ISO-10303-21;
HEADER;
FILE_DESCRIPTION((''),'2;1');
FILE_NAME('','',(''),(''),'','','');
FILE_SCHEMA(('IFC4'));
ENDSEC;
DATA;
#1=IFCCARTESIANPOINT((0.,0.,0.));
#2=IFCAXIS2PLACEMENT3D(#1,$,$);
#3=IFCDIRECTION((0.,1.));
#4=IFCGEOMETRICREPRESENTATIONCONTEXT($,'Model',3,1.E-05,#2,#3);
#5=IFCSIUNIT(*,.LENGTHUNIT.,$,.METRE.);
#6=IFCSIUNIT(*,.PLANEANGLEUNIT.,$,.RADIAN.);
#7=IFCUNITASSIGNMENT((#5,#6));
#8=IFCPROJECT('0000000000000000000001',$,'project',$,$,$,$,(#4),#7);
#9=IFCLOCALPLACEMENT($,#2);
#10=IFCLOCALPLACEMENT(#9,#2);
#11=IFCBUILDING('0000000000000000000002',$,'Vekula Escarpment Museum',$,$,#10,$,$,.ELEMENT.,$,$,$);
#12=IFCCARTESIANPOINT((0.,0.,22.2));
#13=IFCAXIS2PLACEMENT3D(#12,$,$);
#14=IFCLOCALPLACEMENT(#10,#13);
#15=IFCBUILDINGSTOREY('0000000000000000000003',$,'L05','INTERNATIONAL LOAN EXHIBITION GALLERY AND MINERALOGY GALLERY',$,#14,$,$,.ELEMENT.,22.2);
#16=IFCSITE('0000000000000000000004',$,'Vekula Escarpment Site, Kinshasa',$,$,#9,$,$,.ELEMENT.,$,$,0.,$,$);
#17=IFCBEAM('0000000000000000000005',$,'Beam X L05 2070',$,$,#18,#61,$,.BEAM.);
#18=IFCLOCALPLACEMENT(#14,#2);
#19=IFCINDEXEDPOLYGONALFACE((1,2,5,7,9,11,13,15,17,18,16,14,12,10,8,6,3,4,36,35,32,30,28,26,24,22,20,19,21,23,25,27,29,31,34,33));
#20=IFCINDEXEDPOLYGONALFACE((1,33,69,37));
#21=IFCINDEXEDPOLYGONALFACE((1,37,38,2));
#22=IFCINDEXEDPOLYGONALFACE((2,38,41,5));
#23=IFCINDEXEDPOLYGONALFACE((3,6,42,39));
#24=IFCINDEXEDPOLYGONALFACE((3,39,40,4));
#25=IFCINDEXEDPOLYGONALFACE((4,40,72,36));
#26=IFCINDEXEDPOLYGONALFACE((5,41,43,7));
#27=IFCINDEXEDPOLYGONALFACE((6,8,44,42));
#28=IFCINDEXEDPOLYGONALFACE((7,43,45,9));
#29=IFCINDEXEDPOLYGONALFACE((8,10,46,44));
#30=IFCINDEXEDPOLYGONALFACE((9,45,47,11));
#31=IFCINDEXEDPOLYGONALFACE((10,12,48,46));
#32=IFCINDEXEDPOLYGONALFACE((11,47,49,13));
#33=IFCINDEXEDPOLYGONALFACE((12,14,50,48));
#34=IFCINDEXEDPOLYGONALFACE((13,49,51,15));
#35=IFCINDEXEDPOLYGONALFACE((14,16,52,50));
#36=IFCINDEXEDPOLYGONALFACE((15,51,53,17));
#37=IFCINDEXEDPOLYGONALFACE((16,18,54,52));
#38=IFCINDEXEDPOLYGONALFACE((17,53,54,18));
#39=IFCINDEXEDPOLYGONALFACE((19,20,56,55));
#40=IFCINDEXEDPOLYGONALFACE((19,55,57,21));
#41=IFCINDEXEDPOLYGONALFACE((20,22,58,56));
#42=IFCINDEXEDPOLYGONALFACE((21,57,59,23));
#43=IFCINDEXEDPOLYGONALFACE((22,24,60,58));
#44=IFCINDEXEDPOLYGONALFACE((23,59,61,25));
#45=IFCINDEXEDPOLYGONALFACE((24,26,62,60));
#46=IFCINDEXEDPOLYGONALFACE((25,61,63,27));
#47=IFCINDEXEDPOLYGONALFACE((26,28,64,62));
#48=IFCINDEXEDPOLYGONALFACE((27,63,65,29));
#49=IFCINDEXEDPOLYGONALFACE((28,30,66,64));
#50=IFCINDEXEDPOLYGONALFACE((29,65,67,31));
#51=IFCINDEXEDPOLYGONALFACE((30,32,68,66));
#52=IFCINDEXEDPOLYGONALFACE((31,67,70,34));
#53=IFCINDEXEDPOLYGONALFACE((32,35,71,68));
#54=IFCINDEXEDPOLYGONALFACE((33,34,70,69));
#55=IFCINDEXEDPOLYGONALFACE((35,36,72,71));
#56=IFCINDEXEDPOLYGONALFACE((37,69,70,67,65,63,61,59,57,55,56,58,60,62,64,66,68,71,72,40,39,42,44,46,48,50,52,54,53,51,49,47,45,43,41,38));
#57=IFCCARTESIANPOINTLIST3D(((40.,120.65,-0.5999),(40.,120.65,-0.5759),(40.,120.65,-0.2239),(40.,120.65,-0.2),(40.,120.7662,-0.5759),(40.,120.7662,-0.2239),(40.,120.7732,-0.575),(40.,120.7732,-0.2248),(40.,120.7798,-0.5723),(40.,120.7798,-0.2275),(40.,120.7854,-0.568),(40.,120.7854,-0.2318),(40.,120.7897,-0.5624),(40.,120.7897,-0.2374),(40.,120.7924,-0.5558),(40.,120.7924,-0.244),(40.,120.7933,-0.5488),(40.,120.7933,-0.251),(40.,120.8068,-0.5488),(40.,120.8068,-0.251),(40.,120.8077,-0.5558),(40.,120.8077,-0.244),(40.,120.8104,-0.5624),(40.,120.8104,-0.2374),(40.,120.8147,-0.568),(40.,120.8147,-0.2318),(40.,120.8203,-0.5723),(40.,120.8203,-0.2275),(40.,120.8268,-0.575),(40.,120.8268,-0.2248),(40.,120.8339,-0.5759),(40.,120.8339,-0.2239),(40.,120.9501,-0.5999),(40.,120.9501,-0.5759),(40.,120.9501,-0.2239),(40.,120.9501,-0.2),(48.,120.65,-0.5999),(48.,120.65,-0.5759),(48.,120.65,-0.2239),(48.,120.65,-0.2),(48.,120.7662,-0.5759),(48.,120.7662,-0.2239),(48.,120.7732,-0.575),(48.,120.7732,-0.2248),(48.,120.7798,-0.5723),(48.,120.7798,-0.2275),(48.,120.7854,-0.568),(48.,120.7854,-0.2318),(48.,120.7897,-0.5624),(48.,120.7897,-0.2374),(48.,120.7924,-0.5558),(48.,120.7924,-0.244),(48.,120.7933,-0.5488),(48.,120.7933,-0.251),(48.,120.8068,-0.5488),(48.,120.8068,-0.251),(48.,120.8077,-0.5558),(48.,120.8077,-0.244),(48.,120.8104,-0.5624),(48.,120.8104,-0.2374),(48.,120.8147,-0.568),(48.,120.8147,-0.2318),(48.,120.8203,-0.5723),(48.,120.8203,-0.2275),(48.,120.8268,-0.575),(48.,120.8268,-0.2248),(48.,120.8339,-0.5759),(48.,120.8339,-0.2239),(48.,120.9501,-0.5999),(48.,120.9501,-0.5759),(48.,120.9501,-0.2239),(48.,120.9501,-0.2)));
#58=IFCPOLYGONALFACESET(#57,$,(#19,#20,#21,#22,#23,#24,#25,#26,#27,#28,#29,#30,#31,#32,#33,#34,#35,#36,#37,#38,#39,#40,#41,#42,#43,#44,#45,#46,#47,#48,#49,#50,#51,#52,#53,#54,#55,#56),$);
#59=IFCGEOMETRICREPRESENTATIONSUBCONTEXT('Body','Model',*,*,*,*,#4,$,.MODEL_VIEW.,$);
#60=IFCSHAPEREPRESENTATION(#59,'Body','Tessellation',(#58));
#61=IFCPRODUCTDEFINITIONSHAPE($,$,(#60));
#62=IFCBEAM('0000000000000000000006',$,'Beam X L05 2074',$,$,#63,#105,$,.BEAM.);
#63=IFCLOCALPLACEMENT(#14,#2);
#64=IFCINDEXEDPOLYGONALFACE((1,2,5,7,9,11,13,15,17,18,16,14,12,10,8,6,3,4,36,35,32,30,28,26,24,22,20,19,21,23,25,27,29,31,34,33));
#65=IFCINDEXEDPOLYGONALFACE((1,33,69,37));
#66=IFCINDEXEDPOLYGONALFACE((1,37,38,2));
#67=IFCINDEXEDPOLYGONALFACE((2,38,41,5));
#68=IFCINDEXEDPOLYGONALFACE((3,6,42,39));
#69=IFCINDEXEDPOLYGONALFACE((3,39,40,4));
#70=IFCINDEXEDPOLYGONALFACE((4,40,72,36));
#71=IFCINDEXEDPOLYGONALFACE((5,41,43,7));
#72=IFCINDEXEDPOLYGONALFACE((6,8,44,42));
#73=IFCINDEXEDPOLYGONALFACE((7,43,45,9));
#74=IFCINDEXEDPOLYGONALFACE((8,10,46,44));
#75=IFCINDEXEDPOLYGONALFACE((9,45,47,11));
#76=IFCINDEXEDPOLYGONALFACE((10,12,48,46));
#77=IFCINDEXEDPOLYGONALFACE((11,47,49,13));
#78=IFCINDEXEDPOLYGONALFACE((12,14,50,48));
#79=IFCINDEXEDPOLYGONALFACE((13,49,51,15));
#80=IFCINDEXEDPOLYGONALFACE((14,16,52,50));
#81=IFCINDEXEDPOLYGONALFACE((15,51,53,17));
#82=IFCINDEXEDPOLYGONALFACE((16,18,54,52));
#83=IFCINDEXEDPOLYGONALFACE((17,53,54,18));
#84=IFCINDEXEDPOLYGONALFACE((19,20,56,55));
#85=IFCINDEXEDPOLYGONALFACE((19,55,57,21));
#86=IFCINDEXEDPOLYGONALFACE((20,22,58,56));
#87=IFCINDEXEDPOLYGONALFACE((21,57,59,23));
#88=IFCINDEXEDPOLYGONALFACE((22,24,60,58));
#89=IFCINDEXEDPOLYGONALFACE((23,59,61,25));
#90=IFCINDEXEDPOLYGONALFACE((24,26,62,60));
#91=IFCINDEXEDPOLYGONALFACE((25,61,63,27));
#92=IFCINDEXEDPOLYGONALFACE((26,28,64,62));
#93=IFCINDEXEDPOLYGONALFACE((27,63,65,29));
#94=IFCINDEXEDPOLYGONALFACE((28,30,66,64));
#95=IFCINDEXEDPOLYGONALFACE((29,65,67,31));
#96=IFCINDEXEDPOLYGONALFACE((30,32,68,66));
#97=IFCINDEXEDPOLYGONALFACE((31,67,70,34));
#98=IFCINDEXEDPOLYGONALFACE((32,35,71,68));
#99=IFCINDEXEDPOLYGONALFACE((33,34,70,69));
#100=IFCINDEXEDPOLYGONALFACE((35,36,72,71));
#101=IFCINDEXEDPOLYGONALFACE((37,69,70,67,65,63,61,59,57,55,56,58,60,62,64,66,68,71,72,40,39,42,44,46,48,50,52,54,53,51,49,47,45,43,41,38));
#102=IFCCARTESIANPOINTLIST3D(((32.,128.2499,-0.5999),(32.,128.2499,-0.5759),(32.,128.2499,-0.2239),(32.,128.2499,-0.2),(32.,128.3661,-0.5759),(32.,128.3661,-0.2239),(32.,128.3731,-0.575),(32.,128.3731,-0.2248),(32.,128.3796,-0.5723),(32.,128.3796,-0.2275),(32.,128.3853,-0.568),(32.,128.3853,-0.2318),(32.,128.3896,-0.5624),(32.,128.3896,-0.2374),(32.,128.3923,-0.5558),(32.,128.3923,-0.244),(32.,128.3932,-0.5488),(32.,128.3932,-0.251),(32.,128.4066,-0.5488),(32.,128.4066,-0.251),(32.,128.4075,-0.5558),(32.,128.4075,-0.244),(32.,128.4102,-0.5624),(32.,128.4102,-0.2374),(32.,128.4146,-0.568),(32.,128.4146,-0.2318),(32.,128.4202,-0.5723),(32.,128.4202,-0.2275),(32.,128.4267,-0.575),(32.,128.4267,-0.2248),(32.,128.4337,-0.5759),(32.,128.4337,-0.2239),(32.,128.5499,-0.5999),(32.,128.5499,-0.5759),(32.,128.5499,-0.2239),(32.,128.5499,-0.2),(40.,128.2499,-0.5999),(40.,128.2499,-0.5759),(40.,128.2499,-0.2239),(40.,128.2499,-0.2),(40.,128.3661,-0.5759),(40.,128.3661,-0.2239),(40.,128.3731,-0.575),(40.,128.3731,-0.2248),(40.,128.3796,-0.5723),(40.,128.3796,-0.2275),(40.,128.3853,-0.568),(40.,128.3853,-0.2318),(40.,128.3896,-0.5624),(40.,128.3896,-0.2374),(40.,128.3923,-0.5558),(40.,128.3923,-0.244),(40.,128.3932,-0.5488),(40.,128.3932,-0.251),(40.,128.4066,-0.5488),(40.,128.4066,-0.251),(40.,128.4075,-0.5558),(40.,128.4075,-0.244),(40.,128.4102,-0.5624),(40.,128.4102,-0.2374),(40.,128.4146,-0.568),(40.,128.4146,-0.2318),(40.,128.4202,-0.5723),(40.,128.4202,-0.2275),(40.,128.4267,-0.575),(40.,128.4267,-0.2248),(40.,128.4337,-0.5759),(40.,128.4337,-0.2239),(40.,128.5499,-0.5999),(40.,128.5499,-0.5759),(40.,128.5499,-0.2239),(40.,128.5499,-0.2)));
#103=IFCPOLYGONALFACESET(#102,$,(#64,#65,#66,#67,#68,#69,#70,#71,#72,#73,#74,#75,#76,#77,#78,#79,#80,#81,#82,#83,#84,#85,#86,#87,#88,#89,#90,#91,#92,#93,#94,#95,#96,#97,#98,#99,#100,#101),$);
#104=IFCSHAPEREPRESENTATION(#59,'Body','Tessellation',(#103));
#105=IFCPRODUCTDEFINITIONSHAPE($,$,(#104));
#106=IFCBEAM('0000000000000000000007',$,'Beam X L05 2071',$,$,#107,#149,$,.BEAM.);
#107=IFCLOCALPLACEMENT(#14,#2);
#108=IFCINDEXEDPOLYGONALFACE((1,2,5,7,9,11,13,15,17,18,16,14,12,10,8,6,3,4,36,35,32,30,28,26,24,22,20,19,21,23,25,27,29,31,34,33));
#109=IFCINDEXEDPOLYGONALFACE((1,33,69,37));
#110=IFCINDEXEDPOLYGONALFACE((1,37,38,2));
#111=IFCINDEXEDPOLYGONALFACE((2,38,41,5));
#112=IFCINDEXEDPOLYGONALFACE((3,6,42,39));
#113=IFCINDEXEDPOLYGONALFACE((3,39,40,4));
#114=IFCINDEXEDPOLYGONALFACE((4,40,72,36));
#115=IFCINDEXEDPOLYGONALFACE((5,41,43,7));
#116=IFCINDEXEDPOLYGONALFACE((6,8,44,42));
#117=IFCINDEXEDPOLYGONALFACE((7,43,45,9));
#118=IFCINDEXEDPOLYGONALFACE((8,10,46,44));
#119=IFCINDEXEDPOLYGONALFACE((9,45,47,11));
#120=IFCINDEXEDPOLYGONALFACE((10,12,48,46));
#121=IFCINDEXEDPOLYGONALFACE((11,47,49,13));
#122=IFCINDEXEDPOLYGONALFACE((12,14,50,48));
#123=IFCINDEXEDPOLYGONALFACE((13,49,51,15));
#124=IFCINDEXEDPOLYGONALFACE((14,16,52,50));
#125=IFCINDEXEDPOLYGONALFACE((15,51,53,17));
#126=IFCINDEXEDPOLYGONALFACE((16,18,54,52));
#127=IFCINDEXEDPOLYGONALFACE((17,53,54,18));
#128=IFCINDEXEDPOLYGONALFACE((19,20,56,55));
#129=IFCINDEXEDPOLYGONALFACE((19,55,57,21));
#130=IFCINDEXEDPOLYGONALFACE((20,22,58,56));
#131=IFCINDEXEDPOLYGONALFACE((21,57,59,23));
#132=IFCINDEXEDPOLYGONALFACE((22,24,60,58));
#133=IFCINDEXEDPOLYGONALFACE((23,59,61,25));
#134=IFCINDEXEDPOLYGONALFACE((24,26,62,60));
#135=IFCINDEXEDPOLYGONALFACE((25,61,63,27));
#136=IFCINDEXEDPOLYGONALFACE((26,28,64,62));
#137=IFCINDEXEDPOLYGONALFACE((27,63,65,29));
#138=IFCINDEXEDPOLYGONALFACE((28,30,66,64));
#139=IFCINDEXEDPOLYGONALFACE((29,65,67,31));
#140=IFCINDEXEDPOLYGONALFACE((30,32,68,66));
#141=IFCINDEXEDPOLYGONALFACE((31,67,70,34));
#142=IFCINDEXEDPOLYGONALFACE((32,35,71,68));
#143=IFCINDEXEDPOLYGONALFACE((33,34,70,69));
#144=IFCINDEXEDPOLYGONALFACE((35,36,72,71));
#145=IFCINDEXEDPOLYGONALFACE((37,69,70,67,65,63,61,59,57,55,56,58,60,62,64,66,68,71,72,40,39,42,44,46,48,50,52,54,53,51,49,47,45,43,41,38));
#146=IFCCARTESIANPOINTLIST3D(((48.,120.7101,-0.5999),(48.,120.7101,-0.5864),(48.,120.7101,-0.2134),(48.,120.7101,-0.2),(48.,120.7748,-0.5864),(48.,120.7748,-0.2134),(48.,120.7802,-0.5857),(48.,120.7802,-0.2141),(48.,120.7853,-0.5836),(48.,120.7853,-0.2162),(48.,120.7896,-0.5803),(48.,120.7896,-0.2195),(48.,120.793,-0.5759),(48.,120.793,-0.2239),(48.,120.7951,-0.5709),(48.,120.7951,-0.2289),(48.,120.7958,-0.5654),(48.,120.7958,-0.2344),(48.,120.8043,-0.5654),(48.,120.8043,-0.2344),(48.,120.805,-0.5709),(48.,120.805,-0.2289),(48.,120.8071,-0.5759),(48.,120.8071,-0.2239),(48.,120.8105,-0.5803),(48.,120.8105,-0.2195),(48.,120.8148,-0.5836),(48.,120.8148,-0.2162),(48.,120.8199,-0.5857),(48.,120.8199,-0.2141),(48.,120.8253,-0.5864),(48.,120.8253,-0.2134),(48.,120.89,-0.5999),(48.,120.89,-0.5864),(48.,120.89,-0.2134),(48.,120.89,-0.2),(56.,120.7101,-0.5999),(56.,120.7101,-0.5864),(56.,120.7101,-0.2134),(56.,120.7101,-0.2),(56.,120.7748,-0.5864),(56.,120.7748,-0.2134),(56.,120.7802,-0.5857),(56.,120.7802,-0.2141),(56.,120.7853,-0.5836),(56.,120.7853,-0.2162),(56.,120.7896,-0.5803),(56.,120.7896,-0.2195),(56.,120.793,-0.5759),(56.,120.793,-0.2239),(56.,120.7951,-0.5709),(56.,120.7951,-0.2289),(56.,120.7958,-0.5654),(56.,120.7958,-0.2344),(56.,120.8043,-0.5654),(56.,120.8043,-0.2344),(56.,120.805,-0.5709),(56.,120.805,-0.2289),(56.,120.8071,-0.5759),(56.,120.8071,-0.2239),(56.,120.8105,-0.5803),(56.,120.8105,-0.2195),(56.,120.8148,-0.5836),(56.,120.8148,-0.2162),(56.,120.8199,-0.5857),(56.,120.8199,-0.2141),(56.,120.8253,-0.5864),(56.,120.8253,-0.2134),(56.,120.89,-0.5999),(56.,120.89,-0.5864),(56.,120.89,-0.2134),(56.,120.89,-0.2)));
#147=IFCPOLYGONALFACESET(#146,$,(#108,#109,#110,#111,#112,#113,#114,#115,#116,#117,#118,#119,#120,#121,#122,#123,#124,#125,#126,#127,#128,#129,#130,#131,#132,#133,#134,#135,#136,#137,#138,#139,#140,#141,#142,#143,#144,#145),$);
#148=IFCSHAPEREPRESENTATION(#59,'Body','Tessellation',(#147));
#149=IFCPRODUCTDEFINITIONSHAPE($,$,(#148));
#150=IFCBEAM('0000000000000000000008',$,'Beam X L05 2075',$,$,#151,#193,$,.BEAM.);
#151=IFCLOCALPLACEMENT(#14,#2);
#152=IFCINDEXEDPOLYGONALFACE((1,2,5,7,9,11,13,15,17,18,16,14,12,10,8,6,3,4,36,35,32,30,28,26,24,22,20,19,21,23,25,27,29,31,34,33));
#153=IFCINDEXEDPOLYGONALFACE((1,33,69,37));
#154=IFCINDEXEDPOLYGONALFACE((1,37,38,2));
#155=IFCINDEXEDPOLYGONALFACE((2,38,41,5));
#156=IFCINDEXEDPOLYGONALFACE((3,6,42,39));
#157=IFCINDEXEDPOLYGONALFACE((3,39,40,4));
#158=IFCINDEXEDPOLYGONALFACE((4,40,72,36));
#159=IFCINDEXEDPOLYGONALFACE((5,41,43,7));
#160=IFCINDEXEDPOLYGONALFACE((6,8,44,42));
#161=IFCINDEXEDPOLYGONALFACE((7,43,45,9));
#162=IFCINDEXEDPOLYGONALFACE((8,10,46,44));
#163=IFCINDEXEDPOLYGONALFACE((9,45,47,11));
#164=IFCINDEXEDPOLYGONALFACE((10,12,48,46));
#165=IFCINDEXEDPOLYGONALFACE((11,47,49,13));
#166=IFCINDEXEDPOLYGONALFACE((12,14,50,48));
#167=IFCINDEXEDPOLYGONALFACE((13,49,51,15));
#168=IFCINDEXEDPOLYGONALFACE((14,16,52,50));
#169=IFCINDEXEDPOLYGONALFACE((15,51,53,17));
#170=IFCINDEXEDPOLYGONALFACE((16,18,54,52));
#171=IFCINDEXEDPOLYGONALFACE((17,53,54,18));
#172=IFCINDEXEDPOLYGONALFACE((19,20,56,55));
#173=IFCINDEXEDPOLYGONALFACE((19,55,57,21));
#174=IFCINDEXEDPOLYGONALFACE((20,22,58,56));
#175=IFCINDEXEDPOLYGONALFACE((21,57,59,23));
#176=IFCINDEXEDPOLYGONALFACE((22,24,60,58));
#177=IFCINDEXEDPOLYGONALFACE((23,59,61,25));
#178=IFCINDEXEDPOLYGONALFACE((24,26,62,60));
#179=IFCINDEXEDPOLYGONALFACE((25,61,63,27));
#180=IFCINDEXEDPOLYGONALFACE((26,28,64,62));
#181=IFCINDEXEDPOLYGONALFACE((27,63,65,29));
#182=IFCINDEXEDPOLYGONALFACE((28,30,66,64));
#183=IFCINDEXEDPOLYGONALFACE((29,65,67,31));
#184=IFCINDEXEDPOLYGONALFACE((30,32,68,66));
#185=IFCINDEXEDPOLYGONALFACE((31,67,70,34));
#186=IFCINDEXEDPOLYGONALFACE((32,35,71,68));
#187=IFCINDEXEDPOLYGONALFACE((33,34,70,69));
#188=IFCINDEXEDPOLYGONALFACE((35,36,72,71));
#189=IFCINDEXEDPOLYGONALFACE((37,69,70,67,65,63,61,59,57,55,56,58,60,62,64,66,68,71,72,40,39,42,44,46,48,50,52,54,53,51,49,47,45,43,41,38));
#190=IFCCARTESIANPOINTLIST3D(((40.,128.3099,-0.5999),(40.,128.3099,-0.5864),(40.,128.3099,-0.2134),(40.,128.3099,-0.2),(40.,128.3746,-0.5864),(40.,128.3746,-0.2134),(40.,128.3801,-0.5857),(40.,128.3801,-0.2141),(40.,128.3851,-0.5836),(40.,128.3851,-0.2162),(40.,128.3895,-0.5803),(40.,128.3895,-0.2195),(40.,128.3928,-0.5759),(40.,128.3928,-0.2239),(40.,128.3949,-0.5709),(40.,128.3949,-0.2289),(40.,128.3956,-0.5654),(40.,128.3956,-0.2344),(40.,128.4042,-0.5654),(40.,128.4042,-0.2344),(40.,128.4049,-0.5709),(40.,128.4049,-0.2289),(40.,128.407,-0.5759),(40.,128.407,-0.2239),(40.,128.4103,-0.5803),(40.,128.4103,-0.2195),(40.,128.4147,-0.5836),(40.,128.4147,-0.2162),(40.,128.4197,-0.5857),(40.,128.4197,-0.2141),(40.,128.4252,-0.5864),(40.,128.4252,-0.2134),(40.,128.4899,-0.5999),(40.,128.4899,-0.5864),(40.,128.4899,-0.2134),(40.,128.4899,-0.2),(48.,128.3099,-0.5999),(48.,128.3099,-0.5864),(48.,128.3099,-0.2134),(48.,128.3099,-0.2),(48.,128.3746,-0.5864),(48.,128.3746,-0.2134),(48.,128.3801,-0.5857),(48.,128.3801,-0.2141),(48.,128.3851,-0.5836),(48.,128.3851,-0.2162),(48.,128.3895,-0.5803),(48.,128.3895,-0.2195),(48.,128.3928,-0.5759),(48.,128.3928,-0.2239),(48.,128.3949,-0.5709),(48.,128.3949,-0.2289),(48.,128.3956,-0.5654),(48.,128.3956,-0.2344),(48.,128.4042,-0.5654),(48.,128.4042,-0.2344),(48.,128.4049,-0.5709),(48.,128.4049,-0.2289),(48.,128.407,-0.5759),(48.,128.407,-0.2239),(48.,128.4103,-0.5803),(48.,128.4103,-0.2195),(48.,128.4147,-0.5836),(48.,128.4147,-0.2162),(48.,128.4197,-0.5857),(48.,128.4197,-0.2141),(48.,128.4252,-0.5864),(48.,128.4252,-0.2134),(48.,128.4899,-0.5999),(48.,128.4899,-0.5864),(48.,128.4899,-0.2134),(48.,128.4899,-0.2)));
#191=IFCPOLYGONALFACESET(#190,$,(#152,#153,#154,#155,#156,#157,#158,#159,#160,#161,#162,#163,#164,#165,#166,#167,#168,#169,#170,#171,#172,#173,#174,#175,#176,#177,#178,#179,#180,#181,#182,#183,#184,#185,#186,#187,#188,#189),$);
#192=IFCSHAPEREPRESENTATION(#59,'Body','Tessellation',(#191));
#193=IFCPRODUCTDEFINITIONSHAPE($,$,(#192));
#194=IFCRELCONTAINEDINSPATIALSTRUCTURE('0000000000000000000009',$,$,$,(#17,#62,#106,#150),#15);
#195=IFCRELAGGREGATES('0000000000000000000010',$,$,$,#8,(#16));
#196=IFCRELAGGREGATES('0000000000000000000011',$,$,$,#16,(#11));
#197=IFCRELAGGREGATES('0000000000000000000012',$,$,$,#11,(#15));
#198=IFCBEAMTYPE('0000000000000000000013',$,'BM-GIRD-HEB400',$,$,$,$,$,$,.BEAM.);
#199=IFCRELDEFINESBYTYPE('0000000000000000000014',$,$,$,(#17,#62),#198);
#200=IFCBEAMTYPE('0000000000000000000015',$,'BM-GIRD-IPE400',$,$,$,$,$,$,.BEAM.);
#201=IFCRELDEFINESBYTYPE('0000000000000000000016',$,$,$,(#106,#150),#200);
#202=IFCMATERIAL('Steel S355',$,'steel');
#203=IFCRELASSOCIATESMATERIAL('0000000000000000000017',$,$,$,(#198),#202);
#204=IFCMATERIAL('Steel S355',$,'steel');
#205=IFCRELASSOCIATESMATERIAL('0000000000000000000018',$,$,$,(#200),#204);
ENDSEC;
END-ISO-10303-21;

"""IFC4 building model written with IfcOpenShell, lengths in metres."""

from ifc_helpers import new_model, si_unit, direction, frame, origin, origin_2d, place, context, subcontext, project, spatial, i_section, extrude, material, material_profile, profile_set, type_object, element, save


model = new_model("IFC4")

# Units and contexts
model_context = context("Model", 3, precision=1e-05, world=origin(), true_north=direction((0.0, 1.0)))
body_context = subcontext(model_context, "Body", "Model", "MODEL_VIEW")
ifc_project = project(units=[si_unit("LENGTHUNIT", "METRE"), si_unit("PLANEANGLEUNIT", "RADIAN")], contexts=[model_context])

# Site, building, storey
site_placement = place(None, origin())
site = spatial("IfcSite", under=ifc_project, at=site_placement, Name="Vekula Escarpment Site, Kinshasa", CompositionType="ELEMENT", RefElevation=0.0)
building_placement = place(site_placement, origin())
building = spatial("IfcBuilding", under=site, at=building_placement, Name="Vekula Escarpment Museum", CompositionType="ELEMENT")
storey_placement = place(building_placement, frame((0.0, 0.0, 22.2)))
storey = spatial("IfcBuildingStorey", under=building, at=storey_placement, Name="L05", Description="INTERNATIONAL LOAN EXHIBITION GALLERY AND MINERALOGY GALLERY", CompositionType="ELEMENT", Elevation=22.2)

# Beams
ifc_material_1 = material(Name="Steel S355", Category="steel")
ifc_material_profile_1 = material_profile(ifc_material_1, i_section(OverallWidth=0.3, OverallDepth=0.3999, WebThickness=0.0134, FlangeThickness=0.0239, FilletRadius=0.0271, at=origin_2d()), Name="HEB 400")
ifc_profile_set_1 = profile_set([ifc_material_profile_1], Name="Steel S355")
beam_type_1 = type_object("IfcBeamType", Name="BM-GIRD-HEB400", PredefinedType="BEAM", material=ifc_profile_set_1)
for number, where, z_axis, x_axis, name in (
    (1, (40.0, 120.8, -0.3999), (1.0, 0.0, 0.0), (0.0, 1.0, 0.0), "Beam X L05 2070"),
    (2, (32.0, 128.3999, -0.3999), (1.0, 0.0, 0.0), (0.0, 1.0, 0.0), "Beam X L05 2074"),
):
    element("IfcBeam", number, at=place(storey_placement, frame(where, z_axis=z_axis, x_axis=x_axis)), inside=storey, type_object=beam_type_1, Name=name, PredefinedType="BEAM", context=body_context, shape_type="SweptSolid", body=[
        extrude(i_section(OverallWidth=0.3, OverallDepth=0.3999, WebThickness=0.0134, FlangeThickness=0.0239, FilletRadius=0.0271, at=origin_2d()), origin(), (0.0, 0.0, 1.0), 8.0),
    ])
ifc_material_2 = material(Name="Steel S355", Category="steel")
ifc_material_profile_2 = material_profile(ifc_material_2, i_section(OverallWidth=0.1799, OverallDepth=0.3999, WebThickness=0.0085, FlangeThickness=0.0134, FilletRadius=0.021, at=origin_2d()), Name="IPE 400")
ifc_profile_set_2 = profile_set([ifc_material_profile_2], Name="Steel S355")
beam_type_2 = type_object("IfcBeamType", Name="BM-GIRD-IPE400", PredefinedType="BEAM", material=ifc_profile_set_2)
for number, where, z_axis, x_axis, name in (
    (3, (48.0, 120.8, -0.3999), (1.0, 0.0, 0.0), (0.0, 1.0, 0.0), "Beam X L05 2071"),
    (4, (40.0, 128.3999, -0.3999), (1.0, 0.0, 0.0), (0.0, 1.0, 0.0), "Beam X L05 2075"),
):
    element("IfcBeam", number, at=place(storey_placement, frame(where, z_axis=z_axis, x_axis=x_axis)), inside=storey, type_object=beam_type_2, Name=name, PredefinedType="BEAM", context=body_context, shape_type="SweptSolid", body=[
        extrude(i_section(OverallWidth=0.1799, OverallDepth=0.3999, WebThickness=0.0085, FlangeThickness=0.0134, FilletRadius=0.021, at=origin_2d()), origin(), (0.0, 0.0, 1.0), 8.0),
    ])

save(model, "model.ifc")
